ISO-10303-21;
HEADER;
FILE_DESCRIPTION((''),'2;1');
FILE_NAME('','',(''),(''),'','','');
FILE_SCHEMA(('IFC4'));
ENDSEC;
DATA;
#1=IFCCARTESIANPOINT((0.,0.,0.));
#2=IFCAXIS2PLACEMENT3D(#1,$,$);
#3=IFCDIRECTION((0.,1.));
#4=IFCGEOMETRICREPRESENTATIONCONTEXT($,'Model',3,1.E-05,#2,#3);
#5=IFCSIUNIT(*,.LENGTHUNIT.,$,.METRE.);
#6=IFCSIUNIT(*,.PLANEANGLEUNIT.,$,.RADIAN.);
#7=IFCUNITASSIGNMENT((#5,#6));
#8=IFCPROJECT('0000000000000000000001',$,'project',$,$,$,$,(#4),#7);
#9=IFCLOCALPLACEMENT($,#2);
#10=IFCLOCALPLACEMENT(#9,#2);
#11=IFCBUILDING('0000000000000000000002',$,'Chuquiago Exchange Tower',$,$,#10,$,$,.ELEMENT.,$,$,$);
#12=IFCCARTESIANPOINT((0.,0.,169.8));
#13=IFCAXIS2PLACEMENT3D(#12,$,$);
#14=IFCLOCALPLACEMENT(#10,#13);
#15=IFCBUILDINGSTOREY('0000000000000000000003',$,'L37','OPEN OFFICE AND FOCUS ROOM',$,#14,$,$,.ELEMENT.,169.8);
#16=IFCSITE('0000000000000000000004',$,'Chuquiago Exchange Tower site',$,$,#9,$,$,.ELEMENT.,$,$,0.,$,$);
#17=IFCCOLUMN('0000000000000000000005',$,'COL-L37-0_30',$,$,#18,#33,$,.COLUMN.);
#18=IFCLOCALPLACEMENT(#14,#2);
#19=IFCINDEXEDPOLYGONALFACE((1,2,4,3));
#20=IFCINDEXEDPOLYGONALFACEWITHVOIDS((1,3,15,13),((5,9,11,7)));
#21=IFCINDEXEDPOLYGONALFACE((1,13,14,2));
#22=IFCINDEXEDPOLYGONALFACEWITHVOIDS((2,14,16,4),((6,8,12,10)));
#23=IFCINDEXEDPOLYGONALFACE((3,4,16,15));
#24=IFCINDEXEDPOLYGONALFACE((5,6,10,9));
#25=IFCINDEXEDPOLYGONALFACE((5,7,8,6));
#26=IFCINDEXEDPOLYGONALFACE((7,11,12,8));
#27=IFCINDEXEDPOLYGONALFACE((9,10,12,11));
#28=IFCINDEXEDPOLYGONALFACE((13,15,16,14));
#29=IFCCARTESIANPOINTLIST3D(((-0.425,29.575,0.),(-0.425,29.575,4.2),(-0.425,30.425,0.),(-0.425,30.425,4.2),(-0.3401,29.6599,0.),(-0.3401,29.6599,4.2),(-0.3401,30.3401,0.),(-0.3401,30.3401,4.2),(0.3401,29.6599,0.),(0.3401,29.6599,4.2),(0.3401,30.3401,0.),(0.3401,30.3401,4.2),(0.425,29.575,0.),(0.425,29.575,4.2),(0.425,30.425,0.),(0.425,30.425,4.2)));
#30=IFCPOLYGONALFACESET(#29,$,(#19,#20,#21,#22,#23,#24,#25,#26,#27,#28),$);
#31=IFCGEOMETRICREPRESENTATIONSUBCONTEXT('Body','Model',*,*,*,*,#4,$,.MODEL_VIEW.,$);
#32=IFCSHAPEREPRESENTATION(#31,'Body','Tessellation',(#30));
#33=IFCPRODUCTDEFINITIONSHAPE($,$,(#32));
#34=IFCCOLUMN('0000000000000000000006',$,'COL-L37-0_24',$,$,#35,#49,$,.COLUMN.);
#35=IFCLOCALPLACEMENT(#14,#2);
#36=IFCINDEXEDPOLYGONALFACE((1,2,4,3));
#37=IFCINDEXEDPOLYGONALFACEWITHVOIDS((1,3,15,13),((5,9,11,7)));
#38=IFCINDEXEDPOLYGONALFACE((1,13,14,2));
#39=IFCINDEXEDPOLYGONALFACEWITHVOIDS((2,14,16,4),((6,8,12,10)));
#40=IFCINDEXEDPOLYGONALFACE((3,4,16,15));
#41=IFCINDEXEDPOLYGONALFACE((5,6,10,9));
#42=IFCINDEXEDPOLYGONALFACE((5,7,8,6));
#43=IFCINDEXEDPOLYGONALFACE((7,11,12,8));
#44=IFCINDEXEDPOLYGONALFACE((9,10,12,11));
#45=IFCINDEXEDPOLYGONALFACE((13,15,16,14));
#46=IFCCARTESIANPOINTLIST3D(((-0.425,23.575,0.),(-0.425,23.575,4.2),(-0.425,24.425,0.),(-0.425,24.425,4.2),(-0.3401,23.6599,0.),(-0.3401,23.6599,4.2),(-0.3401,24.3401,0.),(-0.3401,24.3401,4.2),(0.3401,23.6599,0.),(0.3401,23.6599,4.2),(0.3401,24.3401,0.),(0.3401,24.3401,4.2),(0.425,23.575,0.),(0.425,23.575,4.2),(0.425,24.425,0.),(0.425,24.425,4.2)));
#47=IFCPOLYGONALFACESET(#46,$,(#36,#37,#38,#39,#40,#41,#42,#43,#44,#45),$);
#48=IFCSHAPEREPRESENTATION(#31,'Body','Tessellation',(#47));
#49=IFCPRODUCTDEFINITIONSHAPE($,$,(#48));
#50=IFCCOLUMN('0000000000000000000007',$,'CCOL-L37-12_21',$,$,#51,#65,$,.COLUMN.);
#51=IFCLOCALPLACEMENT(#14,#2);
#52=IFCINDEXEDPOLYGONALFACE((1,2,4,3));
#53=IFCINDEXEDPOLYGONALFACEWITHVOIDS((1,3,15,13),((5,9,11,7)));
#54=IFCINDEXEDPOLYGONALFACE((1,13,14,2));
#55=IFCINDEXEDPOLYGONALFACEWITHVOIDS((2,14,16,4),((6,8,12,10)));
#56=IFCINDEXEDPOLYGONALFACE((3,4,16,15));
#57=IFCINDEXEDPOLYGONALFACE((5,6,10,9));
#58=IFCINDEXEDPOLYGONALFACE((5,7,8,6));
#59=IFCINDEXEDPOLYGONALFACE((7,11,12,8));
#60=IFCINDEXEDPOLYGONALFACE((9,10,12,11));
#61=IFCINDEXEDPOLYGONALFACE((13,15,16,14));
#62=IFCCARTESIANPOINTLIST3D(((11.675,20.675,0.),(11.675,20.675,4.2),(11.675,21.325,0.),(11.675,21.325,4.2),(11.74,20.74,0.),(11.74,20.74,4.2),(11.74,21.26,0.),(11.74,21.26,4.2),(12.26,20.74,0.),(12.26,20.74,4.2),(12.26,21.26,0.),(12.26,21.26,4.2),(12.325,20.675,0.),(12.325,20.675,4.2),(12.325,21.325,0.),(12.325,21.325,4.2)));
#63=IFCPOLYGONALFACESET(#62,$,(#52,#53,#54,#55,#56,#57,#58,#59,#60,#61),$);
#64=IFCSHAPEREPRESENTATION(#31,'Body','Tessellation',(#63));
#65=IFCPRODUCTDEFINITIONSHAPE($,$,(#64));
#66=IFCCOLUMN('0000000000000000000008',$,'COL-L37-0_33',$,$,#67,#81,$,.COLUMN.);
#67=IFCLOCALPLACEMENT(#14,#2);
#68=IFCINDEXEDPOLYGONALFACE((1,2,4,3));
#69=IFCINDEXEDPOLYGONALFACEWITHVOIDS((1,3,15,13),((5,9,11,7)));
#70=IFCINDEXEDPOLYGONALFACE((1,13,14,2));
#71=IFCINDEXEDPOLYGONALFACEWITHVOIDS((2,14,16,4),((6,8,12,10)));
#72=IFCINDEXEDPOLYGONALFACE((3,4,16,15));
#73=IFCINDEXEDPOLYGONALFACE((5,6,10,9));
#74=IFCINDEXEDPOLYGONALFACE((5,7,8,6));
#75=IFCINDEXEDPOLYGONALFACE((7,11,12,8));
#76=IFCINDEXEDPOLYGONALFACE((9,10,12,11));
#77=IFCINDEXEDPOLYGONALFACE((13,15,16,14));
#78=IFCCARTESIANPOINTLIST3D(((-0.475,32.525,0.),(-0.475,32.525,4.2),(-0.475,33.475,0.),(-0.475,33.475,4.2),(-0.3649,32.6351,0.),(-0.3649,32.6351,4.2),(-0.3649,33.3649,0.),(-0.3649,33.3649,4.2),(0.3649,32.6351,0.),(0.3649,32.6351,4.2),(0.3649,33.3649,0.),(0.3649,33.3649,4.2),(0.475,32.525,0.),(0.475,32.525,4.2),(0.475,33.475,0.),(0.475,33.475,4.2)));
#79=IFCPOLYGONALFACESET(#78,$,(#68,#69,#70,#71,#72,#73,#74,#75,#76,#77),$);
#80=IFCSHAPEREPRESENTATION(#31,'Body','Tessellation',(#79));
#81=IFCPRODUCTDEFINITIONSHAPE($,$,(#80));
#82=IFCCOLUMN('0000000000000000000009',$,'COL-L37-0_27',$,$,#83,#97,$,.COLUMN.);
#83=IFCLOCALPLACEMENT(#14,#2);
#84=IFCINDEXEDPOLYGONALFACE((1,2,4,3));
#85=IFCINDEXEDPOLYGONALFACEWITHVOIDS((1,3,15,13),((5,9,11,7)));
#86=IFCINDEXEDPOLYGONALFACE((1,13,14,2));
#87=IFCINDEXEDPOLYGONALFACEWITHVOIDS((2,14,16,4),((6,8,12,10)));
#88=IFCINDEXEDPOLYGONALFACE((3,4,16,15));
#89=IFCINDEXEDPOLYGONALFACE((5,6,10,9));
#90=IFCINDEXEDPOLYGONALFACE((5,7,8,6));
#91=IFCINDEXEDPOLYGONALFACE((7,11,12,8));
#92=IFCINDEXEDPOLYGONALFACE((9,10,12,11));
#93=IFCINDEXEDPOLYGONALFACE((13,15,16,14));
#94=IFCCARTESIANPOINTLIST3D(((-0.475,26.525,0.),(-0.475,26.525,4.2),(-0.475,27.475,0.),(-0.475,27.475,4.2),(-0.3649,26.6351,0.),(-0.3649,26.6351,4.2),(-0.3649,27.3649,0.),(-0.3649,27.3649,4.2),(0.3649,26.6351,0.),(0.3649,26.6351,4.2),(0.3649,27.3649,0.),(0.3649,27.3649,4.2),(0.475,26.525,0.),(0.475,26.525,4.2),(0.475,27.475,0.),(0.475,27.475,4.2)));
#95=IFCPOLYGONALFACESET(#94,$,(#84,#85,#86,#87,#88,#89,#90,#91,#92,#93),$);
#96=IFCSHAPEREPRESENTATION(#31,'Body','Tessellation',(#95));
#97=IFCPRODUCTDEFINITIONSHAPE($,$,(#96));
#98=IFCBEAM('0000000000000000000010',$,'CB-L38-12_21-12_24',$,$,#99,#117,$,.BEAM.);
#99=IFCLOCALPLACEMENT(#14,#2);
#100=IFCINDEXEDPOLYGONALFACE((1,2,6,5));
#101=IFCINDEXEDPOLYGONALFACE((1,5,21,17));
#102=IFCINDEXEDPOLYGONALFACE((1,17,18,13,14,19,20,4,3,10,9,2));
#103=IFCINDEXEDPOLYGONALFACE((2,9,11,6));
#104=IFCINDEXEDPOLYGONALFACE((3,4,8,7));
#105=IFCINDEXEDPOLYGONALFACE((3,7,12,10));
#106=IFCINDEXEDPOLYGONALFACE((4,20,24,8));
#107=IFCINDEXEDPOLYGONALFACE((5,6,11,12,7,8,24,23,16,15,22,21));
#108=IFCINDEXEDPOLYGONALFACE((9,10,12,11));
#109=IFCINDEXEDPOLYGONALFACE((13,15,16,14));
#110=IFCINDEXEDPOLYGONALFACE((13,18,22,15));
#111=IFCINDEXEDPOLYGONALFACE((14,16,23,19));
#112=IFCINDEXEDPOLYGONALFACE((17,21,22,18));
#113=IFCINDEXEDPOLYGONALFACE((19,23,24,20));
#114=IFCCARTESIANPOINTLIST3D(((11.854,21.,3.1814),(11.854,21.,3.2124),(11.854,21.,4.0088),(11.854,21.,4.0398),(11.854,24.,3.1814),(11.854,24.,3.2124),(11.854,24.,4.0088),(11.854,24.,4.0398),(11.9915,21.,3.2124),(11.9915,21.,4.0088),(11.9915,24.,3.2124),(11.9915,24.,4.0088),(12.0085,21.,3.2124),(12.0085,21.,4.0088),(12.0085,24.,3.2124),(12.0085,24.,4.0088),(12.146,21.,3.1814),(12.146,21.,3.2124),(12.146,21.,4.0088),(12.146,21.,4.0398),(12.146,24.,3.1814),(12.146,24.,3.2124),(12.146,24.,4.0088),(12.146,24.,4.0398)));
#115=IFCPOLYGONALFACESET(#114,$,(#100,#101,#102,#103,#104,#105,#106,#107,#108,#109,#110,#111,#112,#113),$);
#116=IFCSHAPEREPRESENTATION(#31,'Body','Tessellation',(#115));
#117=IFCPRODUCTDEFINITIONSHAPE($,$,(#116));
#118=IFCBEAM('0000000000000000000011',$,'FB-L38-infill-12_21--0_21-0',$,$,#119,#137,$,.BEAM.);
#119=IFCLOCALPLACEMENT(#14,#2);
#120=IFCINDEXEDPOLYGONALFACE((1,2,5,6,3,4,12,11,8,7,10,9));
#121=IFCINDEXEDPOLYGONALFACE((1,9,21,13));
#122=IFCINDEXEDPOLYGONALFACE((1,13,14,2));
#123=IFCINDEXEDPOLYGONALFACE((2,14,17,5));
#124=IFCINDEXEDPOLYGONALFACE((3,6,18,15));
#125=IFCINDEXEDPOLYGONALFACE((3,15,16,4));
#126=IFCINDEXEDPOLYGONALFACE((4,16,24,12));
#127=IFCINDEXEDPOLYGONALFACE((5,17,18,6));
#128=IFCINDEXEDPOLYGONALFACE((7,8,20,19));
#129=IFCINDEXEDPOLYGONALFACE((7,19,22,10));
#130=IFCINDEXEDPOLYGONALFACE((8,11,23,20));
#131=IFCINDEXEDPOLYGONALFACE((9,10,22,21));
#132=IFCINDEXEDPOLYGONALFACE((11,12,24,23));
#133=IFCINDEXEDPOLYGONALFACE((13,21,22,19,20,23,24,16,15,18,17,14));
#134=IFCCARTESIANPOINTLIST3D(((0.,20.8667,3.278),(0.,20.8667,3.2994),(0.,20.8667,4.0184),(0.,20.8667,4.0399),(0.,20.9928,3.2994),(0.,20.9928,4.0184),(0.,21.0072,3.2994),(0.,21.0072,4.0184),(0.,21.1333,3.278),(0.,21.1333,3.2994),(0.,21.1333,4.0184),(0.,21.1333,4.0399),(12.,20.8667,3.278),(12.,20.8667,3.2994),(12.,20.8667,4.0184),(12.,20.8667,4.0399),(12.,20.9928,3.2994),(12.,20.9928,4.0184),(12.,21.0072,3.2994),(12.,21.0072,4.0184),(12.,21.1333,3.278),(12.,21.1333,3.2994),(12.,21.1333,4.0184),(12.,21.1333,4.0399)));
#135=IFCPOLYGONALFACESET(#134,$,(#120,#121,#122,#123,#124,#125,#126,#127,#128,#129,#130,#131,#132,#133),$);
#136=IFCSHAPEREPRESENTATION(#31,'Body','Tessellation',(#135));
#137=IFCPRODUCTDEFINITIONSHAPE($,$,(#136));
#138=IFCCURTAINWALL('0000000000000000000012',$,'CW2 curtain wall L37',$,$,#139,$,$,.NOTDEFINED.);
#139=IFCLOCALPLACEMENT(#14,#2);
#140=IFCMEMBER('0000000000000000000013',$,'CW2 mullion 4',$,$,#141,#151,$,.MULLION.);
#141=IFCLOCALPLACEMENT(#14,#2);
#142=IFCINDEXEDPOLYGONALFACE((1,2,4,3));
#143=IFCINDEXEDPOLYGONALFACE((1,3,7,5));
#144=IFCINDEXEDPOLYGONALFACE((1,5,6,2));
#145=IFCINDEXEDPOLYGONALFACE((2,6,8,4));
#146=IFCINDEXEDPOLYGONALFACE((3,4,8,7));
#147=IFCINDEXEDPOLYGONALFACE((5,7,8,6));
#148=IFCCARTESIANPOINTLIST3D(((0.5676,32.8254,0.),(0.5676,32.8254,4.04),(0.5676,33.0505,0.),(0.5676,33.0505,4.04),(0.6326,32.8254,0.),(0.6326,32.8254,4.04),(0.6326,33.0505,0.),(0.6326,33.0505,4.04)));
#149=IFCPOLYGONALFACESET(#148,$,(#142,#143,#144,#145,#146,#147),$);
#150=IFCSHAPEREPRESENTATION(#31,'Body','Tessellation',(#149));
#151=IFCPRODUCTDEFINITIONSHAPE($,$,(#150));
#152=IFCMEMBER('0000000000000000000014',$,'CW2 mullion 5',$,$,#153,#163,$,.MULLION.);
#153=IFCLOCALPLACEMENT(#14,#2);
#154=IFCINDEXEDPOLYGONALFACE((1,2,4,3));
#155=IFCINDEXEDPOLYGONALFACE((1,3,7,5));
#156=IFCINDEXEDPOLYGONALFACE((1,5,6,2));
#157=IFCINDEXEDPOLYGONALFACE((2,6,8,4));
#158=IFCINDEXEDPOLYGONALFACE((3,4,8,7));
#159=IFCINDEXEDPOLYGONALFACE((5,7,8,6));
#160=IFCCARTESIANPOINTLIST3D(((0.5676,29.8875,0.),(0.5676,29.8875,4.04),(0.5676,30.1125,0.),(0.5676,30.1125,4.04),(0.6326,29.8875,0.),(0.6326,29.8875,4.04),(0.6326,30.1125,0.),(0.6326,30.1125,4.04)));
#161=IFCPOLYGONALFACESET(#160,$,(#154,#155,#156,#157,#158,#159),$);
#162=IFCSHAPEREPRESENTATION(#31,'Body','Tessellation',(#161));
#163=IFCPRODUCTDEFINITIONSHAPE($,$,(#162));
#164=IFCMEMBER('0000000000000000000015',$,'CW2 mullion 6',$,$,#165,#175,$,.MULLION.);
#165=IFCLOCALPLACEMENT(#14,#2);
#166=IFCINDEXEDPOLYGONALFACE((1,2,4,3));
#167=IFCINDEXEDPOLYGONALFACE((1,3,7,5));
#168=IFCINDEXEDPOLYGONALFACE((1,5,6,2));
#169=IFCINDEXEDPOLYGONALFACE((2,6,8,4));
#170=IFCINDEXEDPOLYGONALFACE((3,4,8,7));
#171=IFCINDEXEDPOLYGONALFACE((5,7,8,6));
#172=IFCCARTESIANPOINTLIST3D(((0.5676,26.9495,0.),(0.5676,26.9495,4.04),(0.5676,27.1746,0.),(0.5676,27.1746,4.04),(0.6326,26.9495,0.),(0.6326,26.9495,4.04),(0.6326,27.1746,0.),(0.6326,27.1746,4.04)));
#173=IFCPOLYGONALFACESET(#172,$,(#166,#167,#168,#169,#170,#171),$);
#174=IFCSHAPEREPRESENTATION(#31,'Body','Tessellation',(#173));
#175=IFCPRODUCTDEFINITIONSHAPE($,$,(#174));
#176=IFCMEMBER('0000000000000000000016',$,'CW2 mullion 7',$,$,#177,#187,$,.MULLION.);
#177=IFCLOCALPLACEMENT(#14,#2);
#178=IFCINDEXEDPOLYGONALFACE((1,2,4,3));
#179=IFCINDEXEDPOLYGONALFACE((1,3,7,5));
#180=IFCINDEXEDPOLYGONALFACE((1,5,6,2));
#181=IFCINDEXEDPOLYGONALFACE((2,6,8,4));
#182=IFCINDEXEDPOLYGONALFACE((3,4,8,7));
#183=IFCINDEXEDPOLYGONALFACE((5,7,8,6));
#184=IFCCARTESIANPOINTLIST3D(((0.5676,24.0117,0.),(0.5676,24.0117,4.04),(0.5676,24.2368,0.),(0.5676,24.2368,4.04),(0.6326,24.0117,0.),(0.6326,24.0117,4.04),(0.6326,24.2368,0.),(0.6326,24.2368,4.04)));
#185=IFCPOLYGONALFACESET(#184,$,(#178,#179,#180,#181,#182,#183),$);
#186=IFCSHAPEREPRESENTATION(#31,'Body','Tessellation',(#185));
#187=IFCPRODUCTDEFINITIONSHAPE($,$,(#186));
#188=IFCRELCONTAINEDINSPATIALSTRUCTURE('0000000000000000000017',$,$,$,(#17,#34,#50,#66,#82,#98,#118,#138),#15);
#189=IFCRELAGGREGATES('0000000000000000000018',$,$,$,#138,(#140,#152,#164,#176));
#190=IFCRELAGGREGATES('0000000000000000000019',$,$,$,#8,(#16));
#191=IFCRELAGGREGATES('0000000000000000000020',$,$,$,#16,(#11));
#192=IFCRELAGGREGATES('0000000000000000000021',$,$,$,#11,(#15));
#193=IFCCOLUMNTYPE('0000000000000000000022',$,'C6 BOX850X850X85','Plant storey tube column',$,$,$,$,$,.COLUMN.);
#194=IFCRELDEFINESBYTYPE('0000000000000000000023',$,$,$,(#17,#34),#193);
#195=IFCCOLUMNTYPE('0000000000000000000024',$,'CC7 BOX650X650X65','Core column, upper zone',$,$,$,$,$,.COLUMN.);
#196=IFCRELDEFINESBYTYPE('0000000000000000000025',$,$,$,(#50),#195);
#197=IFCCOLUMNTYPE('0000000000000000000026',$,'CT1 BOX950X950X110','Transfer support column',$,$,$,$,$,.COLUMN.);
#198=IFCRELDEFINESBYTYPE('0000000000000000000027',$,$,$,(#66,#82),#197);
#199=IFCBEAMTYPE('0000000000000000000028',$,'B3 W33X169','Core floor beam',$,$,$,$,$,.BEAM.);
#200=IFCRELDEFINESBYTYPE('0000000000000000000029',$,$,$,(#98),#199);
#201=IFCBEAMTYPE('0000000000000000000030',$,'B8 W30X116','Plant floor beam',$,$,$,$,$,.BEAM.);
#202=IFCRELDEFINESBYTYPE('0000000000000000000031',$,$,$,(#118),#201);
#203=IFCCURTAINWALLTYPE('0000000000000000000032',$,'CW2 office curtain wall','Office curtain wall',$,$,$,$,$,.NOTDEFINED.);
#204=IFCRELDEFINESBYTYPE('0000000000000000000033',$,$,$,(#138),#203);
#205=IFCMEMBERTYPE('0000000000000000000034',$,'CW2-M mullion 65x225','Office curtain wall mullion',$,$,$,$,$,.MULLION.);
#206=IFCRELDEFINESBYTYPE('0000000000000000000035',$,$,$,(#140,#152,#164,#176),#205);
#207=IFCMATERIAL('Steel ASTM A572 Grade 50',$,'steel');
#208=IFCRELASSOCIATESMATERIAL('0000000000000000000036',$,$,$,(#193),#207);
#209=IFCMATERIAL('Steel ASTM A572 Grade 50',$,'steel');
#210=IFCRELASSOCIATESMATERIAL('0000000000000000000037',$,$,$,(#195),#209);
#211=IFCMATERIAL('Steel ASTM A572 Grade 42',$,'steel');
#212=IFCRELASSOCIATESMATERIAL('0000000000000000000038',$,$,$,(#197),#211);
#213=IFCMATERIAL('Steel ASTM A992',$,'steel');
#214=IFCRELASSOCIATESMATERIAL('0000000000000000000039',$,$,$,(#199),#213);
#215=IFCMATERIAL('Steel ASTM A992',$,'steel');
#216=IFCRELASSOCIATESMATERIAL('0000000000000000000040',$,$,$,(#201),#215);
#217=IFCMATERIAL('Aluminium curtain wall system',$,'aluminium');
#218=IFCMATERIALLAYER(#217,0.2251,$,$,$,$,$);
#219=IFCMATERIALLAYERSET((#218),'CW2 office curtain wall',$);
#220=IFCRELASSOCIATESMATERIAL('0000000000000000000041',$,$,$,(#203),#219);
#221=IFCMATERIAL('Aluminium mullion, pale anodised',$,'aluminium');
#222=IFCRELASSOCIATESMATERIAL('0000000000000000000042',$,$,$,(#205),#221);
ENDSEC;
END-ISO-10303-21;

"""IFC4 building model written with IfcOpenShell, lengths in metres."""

from ifc_helpers import new_model, si_unit, direction, frame, origin, origin_2d, place, context, subcontext, project, spatial, rectangle, hollow_rectangle, i_section, extrude, material, layer, layer_set, material_profile, profile_set, type_object, element, aggregate, save


model = new_model("IFC4")

# Units and contexts
model_context = context("Model", 3, precision=1e-05, world=origin(), true_north=direction((0.0, 1.0)))
body_context = subcontext(model_context, "Body", "Model", "MODEL_VIEW")
ifc_project = project(units=[si_unit("LENGTHUNIT", "METRE"), si_unit("PLANEANGLEUNIT", "RADIAN")], contexts=[model_context])

# Site, building, storey
site_placement = place(None, origin())
site = spatial("IfcSite", under=ifc_project, at=site_placement, Name="Chuquiago Exchange Tower site", CompositionType="ELEMENT", RefElevation=0.0)
building_placement = place(site_placement, origin())
building = spatial("IfcBuilding", under=site, at=building_placement, Name="Chuquiago Exchange Tower", CompositionType="ELEMENT")
storey_placement = place(building_placement, frame((0.0, 0.0, 169.8)))
storey = spatial("IfcBuildingStorey", under=building, at=storey_placement, Name="L37", Description="OPEN OFFICE AND FOCUS ROOM", CompositionType="ELEMENT", Elevation=169.8)

# Columns
ifc_material_1 = material(Name="Steel ASTM A572 Grade 50", Category="steel")
ifc_material_profile_1 = material_profile(ifc_material_1, hollow_rectangle(XDim=0.8501, YDim=0.8501, WallThickness=0.085, at=origin_2d()), Name="BOX850X850X85")
ifc_profile_set_1 = profile_set([ifc_material_profile_1], Name="Steel ASTM A572 Grade 50")
column_type_1 = type_object("IfcColumnType", Name="C6 BOX850X850X85", Description="Plant storey tube column", PredefinedType="COLUMN", material=ifc_profile_set_1)
for number, where, z_axis, x_axis, name in (
    (1, (0.0, 30.0, 0.0), (0.0, 0.0, 1.0), (-1.0, 0.0, 0.0), "COL-L37-0_30"),
    (2, (0.0, 24.0, 0.0), (0.0, 0.0, 1.0), (-1.0, 0.0, 0.0), "COL-L37-0_24"),
):
    element("IfcColumn", number, at=place(storey_placement, frame(where, z_axis=z_axis, x_axis=x_axis)), inside=storey, type_object=column_type_1, Name=name, PredefinedType="COLUMN", context=body_context, shape_type="SweptSolid", body=[
        extrude(hollow_rectangle(XDim=0.8501, YDim=0.8501, WallThickness=0.085, at=origin_2d()), origin(), (0.0, 0.0, 1.0), 4.2),
    ])
ifc_material_2 = material(Name="Steel ASTM A572 Grade 50", Category="steel")
ifc_material_profile_2 = material_profile(ifc_material_2, hollow_rectangle(XDim=0.6499, YDim=0.6499, WallThickness=0.0649, at=origin_2d()), Name="BOX650X650X65")
ifc_profile_set_2 = profile_set([ifc_material_profile_2], Name="Steel ASTM A572 Grade 50")
column_type_2 = type_object("IfcColumnType", Name="CC7 BOX650X650X65", Description="Core column, upper zone", PredefinedType="COLUMN", material=ifc_profile_set_2)
column_placement = place(storey_placement, frame((12.0, 21.0, 0.0), z_axis=(0.0, 0.0, 1.0), x_axis=(1.0, 0.0, 0.0)))
element("IfcColumn", 3, at=column_placement, inside=storey, type_object=column_type_2, Name="CCOL-L37-12_21", PredefinedType="COLUMN", context=body_context, shape_type="SweptSolid", body=[
    extrude(hollow_rectangle(XDim=0.6499, YDim=0.6499, WallThickness=0.0649, at=origin_2d()), origin(), (0.0, 0.0, 1.0), 4.2),
])
ifc_material_3 = material(Name="Steel ASTM A572 Grade 42", Category="steel")
ifc_material_profile_3 = material_profile(ifc_material_3, hollow_rectangle(XDim=0.95, YDim=0.95, WallThickness=0.1101, at=origin_2d()), Name="BOX950X950X110")
ifc_profile_set_3 = profile_set([ifc_material_profile_3], Name="Steel ASTM A572 Grade 42")
column_type_3 = type_object("IfcColumnType", Name="CT1 BOX950X950X110", Description="Transfer support column", PredefinedType="COLUMN", material=ifc_profile_set_3)
for number, where, z_axis, x_axis, name in (
    (4, (0.0, 33.0, 0.0), (0.0, 0.0, 1.0), (-1.0, 0.0, 0.0), "COL-L37-0_33"),
    (5, (0.0, 27.0, 0.0), (0.0, 0.0, 1.0), (-1.0, 0.0, 0.0), "COL-L37-0_27"),
):
    element("IfcColumn", number, at=place(storey_placement, frame(where, z_axis=z_axis, x_axis=x_axis)), inside=storey, type_object=column_type_3, Name=name, PredefinedType="COLUMN", context=body_context, shape_type="SweptSolid", body=[
        extrude(hollow_rectangle(XDim=0.95, YDim=0.95, WallThickness=0.1101, at=origin_2d()), origin(), (0.0, 0.0, 1.0), 4.2),
    ])

# Beams
ifc_material_4 = material(Name="Steel ASTM A992", Category="steel")
ifc_material_profile_4 = material_profile(ifc_material_4, i_section(OverallWidth=0.292, OverallDepth=0.8584, WebThickness=0.0171, FlangeThickness=0.031, at=origin_2d()), Name="W33X169")
ifc_profile_set_4 = profile_set([ifc_material_profile_4], Name="Steel ASTM A992")
beam_type_1 = type_object("IfcBeamType", Name="B3 W33X169", Description="Core floor beam", PredefinedType="BEAM", material=ifc_profile_set_4)
beam_1_placement = place(storey_placement, frame((12.0, 21.0, 3.6106), z_axis=(0.0, 1.0, 0.0), x_axis=(-1.0, 0.0, 0.0)))
element("IfcBeam", 6, at=beam_1_placement, inside=storey, type_object=beam_type_1, Name="CB-L38-12_21-12_24", PredefinedType="BEAM", context=body_context, shape_type="SweptSolid", body=[
    extrude(i_section(OverallWidth=0.292, OverallDepth=0.8584, WebThickness=0.0171, FlangeThickness=0.031, at=origin_2d()), origin(), (0.0, 0.0, 1.0), 3.0),
])
ifc_material_5 = material(Name="Steel ASTM A992", Category="steel")
ifc_material_profile_5 = material_profile(ifc_material_5, i_section(OverallWidth=0.2666, OverallDepth=0.762, WebThickness=0.0144, FlangeThickness=0.0215, at=origin_2d()), Name="W30X116")
ifc_profile_set_5 = profile_set([ifc_material_profile_5], Name="Steel ASTM A992")
beam_type_2 = type_object("IfcBeamType", Name="B8 W30X116", Description="Plant floor beam", PredefinedType="BEAM", material=ifc_profile_set_5)
beam_2_placement = place(storey_placement, frame((12.0, 21.0, 3.6589), z_axis=(-1.0, 0.0, 0.0), x_axis=(0.0, -1.0, 0.0)))
element("IfcBeam", 7, at=beam_2_placement, inside=storey, type_object=beam_type_2, Name="FB-L38-infill-12_21--0_21-0", PredefinedType="BEAM", context=body_context, shape_type="SweptSolid", body=[
    extrude(i_section(OverallWidth=0.2666, OverallDepth=0.762, WebThickness=0.0144, FlangeThickness=0.0215, at=origin_2d()), origin(), (0.0, 0.0, 1.0), 12.0),
])

# Curtain wall, members
ifc_material_6 = material(Name="Aluminium curtain wall system", Category="aluminium")
ifc_layer_1 = layer(ifc_material_6, 0.2251)
ifc_layer_set_1 = layer_set([ifc_layer_1], Name="CW2 office curtain wall")
curtain_wall_type = type_object("IfcCurtainWallType", Name="CW2 office curtain wall", Description="Office curtain wall", PredefinedType="NOTDEFINED", material=ifc_layer_set_1)
curtain_wall_placement = place(storey_placement, origin())
curtain_wall = element("IfcCurtainWall", 8, at=curtain_wall_placement, inside=storey, type_object=curtain_wall_type, Name="CW2 curtain wall L37", PredefinedType="NOTDEFINED")
ifc_material_7 = material(Name="Aluminium mullion, pale anodised", Category="aluminium")
ifc_material_profile_6 = material_profile(ifc_material_7, rectangle(XDim=0.0649, YDim=0.2251, at=origin_2d()), Name="AL 65x225")
ifc_profile_set_6 = profile_set([ifc_material_profile_6], Name="Aluminium mullion, pale anodised")
member_type_1 = type_object("IfcMemberType", Name="CW2-M mullion 65x225", Description="Office curtain wall mullion", PredefinedType="MULLION", material=ifc_profile_set_6)
member_1_placement = place(storey_placement, frame((0.6001, 32.938, 0.0), z_axis=(0.0, 0.0, 1.0), x_axis=(1.0, 0.0, 0.0)))
member_1 = element("IfcMember", 9, at=member_1_placement, type_object=member_type_1, Name="CW2 mullion 4", PredefinedType="MULLION", context=body_context, shape_type="SweptSolid", body=[
    extrude(rectangle(XDim=0.0649, YDim=0.2251, at=origin_2d()), origin(), (0.0, 0.0, 1.0), 4.04),
])
member_2_placement = place(storey_placement, frame((0.6001, 30.0, 0.0), z_axis=(0.0, 0.0, 1.0), x_axis=(1.0, 0.0, 0.0)))
member_2 = element("IfcMember", 10, at=member_2_placement, type_object=member_type_1, Name="CW2 mullion 5", PredefinedType="MULLION", context=body_context, shape_type="SweptSolid", body=[
    extrude(rectangle(XDim=0.0649, YDim=0.2251, at=origin_2d()), origin(), (0.0, 0.0, 1.0), 4.04),
])
member_3_placement = place(storey_placement, frame((0.6001, 27.062, 0.0), z_axis=(0.0, 0.0, 1.0), x_axis=(1.0, 0.0, 0.0)))
member_3 = element("IfcMember", 11, at=member_3_placement, type_object=member_type_1, Name="CW2 mullion 6", PredefinedType="MULLION", context=body_context, shape_type="SweptSolid", body=[
    extrude(rectangle(XDim=0.0649, YDim=0.2251, at=origin_2d()), origin(), (0.0, 0.0, 1.0), 4.04),
])
member_4_placement = place(storey_placement, frame((0.6001, 24.1243, 0.0), z_axis=(0.0, 0.0, 1.0), x_axis=(1.0, 0.0, 0.0)))
member_4 = element("IfcMember", 12, at=member_4_placement, type_object=member_type_1, Name="CW2 mullion 7", PredefinedType="MULLION", context=body_context, shape_type="SweptSolid", body=[
    extrude(rectangle(XDim=0.0649, YDim=0.2251, at=origin_2d()), origin(), (0.0, 0.0, 1.0), 4.04),
])

aggregate(curtain_wall, [member_1, member_2, member_3, member_4])

save(model, "model.ifc")
